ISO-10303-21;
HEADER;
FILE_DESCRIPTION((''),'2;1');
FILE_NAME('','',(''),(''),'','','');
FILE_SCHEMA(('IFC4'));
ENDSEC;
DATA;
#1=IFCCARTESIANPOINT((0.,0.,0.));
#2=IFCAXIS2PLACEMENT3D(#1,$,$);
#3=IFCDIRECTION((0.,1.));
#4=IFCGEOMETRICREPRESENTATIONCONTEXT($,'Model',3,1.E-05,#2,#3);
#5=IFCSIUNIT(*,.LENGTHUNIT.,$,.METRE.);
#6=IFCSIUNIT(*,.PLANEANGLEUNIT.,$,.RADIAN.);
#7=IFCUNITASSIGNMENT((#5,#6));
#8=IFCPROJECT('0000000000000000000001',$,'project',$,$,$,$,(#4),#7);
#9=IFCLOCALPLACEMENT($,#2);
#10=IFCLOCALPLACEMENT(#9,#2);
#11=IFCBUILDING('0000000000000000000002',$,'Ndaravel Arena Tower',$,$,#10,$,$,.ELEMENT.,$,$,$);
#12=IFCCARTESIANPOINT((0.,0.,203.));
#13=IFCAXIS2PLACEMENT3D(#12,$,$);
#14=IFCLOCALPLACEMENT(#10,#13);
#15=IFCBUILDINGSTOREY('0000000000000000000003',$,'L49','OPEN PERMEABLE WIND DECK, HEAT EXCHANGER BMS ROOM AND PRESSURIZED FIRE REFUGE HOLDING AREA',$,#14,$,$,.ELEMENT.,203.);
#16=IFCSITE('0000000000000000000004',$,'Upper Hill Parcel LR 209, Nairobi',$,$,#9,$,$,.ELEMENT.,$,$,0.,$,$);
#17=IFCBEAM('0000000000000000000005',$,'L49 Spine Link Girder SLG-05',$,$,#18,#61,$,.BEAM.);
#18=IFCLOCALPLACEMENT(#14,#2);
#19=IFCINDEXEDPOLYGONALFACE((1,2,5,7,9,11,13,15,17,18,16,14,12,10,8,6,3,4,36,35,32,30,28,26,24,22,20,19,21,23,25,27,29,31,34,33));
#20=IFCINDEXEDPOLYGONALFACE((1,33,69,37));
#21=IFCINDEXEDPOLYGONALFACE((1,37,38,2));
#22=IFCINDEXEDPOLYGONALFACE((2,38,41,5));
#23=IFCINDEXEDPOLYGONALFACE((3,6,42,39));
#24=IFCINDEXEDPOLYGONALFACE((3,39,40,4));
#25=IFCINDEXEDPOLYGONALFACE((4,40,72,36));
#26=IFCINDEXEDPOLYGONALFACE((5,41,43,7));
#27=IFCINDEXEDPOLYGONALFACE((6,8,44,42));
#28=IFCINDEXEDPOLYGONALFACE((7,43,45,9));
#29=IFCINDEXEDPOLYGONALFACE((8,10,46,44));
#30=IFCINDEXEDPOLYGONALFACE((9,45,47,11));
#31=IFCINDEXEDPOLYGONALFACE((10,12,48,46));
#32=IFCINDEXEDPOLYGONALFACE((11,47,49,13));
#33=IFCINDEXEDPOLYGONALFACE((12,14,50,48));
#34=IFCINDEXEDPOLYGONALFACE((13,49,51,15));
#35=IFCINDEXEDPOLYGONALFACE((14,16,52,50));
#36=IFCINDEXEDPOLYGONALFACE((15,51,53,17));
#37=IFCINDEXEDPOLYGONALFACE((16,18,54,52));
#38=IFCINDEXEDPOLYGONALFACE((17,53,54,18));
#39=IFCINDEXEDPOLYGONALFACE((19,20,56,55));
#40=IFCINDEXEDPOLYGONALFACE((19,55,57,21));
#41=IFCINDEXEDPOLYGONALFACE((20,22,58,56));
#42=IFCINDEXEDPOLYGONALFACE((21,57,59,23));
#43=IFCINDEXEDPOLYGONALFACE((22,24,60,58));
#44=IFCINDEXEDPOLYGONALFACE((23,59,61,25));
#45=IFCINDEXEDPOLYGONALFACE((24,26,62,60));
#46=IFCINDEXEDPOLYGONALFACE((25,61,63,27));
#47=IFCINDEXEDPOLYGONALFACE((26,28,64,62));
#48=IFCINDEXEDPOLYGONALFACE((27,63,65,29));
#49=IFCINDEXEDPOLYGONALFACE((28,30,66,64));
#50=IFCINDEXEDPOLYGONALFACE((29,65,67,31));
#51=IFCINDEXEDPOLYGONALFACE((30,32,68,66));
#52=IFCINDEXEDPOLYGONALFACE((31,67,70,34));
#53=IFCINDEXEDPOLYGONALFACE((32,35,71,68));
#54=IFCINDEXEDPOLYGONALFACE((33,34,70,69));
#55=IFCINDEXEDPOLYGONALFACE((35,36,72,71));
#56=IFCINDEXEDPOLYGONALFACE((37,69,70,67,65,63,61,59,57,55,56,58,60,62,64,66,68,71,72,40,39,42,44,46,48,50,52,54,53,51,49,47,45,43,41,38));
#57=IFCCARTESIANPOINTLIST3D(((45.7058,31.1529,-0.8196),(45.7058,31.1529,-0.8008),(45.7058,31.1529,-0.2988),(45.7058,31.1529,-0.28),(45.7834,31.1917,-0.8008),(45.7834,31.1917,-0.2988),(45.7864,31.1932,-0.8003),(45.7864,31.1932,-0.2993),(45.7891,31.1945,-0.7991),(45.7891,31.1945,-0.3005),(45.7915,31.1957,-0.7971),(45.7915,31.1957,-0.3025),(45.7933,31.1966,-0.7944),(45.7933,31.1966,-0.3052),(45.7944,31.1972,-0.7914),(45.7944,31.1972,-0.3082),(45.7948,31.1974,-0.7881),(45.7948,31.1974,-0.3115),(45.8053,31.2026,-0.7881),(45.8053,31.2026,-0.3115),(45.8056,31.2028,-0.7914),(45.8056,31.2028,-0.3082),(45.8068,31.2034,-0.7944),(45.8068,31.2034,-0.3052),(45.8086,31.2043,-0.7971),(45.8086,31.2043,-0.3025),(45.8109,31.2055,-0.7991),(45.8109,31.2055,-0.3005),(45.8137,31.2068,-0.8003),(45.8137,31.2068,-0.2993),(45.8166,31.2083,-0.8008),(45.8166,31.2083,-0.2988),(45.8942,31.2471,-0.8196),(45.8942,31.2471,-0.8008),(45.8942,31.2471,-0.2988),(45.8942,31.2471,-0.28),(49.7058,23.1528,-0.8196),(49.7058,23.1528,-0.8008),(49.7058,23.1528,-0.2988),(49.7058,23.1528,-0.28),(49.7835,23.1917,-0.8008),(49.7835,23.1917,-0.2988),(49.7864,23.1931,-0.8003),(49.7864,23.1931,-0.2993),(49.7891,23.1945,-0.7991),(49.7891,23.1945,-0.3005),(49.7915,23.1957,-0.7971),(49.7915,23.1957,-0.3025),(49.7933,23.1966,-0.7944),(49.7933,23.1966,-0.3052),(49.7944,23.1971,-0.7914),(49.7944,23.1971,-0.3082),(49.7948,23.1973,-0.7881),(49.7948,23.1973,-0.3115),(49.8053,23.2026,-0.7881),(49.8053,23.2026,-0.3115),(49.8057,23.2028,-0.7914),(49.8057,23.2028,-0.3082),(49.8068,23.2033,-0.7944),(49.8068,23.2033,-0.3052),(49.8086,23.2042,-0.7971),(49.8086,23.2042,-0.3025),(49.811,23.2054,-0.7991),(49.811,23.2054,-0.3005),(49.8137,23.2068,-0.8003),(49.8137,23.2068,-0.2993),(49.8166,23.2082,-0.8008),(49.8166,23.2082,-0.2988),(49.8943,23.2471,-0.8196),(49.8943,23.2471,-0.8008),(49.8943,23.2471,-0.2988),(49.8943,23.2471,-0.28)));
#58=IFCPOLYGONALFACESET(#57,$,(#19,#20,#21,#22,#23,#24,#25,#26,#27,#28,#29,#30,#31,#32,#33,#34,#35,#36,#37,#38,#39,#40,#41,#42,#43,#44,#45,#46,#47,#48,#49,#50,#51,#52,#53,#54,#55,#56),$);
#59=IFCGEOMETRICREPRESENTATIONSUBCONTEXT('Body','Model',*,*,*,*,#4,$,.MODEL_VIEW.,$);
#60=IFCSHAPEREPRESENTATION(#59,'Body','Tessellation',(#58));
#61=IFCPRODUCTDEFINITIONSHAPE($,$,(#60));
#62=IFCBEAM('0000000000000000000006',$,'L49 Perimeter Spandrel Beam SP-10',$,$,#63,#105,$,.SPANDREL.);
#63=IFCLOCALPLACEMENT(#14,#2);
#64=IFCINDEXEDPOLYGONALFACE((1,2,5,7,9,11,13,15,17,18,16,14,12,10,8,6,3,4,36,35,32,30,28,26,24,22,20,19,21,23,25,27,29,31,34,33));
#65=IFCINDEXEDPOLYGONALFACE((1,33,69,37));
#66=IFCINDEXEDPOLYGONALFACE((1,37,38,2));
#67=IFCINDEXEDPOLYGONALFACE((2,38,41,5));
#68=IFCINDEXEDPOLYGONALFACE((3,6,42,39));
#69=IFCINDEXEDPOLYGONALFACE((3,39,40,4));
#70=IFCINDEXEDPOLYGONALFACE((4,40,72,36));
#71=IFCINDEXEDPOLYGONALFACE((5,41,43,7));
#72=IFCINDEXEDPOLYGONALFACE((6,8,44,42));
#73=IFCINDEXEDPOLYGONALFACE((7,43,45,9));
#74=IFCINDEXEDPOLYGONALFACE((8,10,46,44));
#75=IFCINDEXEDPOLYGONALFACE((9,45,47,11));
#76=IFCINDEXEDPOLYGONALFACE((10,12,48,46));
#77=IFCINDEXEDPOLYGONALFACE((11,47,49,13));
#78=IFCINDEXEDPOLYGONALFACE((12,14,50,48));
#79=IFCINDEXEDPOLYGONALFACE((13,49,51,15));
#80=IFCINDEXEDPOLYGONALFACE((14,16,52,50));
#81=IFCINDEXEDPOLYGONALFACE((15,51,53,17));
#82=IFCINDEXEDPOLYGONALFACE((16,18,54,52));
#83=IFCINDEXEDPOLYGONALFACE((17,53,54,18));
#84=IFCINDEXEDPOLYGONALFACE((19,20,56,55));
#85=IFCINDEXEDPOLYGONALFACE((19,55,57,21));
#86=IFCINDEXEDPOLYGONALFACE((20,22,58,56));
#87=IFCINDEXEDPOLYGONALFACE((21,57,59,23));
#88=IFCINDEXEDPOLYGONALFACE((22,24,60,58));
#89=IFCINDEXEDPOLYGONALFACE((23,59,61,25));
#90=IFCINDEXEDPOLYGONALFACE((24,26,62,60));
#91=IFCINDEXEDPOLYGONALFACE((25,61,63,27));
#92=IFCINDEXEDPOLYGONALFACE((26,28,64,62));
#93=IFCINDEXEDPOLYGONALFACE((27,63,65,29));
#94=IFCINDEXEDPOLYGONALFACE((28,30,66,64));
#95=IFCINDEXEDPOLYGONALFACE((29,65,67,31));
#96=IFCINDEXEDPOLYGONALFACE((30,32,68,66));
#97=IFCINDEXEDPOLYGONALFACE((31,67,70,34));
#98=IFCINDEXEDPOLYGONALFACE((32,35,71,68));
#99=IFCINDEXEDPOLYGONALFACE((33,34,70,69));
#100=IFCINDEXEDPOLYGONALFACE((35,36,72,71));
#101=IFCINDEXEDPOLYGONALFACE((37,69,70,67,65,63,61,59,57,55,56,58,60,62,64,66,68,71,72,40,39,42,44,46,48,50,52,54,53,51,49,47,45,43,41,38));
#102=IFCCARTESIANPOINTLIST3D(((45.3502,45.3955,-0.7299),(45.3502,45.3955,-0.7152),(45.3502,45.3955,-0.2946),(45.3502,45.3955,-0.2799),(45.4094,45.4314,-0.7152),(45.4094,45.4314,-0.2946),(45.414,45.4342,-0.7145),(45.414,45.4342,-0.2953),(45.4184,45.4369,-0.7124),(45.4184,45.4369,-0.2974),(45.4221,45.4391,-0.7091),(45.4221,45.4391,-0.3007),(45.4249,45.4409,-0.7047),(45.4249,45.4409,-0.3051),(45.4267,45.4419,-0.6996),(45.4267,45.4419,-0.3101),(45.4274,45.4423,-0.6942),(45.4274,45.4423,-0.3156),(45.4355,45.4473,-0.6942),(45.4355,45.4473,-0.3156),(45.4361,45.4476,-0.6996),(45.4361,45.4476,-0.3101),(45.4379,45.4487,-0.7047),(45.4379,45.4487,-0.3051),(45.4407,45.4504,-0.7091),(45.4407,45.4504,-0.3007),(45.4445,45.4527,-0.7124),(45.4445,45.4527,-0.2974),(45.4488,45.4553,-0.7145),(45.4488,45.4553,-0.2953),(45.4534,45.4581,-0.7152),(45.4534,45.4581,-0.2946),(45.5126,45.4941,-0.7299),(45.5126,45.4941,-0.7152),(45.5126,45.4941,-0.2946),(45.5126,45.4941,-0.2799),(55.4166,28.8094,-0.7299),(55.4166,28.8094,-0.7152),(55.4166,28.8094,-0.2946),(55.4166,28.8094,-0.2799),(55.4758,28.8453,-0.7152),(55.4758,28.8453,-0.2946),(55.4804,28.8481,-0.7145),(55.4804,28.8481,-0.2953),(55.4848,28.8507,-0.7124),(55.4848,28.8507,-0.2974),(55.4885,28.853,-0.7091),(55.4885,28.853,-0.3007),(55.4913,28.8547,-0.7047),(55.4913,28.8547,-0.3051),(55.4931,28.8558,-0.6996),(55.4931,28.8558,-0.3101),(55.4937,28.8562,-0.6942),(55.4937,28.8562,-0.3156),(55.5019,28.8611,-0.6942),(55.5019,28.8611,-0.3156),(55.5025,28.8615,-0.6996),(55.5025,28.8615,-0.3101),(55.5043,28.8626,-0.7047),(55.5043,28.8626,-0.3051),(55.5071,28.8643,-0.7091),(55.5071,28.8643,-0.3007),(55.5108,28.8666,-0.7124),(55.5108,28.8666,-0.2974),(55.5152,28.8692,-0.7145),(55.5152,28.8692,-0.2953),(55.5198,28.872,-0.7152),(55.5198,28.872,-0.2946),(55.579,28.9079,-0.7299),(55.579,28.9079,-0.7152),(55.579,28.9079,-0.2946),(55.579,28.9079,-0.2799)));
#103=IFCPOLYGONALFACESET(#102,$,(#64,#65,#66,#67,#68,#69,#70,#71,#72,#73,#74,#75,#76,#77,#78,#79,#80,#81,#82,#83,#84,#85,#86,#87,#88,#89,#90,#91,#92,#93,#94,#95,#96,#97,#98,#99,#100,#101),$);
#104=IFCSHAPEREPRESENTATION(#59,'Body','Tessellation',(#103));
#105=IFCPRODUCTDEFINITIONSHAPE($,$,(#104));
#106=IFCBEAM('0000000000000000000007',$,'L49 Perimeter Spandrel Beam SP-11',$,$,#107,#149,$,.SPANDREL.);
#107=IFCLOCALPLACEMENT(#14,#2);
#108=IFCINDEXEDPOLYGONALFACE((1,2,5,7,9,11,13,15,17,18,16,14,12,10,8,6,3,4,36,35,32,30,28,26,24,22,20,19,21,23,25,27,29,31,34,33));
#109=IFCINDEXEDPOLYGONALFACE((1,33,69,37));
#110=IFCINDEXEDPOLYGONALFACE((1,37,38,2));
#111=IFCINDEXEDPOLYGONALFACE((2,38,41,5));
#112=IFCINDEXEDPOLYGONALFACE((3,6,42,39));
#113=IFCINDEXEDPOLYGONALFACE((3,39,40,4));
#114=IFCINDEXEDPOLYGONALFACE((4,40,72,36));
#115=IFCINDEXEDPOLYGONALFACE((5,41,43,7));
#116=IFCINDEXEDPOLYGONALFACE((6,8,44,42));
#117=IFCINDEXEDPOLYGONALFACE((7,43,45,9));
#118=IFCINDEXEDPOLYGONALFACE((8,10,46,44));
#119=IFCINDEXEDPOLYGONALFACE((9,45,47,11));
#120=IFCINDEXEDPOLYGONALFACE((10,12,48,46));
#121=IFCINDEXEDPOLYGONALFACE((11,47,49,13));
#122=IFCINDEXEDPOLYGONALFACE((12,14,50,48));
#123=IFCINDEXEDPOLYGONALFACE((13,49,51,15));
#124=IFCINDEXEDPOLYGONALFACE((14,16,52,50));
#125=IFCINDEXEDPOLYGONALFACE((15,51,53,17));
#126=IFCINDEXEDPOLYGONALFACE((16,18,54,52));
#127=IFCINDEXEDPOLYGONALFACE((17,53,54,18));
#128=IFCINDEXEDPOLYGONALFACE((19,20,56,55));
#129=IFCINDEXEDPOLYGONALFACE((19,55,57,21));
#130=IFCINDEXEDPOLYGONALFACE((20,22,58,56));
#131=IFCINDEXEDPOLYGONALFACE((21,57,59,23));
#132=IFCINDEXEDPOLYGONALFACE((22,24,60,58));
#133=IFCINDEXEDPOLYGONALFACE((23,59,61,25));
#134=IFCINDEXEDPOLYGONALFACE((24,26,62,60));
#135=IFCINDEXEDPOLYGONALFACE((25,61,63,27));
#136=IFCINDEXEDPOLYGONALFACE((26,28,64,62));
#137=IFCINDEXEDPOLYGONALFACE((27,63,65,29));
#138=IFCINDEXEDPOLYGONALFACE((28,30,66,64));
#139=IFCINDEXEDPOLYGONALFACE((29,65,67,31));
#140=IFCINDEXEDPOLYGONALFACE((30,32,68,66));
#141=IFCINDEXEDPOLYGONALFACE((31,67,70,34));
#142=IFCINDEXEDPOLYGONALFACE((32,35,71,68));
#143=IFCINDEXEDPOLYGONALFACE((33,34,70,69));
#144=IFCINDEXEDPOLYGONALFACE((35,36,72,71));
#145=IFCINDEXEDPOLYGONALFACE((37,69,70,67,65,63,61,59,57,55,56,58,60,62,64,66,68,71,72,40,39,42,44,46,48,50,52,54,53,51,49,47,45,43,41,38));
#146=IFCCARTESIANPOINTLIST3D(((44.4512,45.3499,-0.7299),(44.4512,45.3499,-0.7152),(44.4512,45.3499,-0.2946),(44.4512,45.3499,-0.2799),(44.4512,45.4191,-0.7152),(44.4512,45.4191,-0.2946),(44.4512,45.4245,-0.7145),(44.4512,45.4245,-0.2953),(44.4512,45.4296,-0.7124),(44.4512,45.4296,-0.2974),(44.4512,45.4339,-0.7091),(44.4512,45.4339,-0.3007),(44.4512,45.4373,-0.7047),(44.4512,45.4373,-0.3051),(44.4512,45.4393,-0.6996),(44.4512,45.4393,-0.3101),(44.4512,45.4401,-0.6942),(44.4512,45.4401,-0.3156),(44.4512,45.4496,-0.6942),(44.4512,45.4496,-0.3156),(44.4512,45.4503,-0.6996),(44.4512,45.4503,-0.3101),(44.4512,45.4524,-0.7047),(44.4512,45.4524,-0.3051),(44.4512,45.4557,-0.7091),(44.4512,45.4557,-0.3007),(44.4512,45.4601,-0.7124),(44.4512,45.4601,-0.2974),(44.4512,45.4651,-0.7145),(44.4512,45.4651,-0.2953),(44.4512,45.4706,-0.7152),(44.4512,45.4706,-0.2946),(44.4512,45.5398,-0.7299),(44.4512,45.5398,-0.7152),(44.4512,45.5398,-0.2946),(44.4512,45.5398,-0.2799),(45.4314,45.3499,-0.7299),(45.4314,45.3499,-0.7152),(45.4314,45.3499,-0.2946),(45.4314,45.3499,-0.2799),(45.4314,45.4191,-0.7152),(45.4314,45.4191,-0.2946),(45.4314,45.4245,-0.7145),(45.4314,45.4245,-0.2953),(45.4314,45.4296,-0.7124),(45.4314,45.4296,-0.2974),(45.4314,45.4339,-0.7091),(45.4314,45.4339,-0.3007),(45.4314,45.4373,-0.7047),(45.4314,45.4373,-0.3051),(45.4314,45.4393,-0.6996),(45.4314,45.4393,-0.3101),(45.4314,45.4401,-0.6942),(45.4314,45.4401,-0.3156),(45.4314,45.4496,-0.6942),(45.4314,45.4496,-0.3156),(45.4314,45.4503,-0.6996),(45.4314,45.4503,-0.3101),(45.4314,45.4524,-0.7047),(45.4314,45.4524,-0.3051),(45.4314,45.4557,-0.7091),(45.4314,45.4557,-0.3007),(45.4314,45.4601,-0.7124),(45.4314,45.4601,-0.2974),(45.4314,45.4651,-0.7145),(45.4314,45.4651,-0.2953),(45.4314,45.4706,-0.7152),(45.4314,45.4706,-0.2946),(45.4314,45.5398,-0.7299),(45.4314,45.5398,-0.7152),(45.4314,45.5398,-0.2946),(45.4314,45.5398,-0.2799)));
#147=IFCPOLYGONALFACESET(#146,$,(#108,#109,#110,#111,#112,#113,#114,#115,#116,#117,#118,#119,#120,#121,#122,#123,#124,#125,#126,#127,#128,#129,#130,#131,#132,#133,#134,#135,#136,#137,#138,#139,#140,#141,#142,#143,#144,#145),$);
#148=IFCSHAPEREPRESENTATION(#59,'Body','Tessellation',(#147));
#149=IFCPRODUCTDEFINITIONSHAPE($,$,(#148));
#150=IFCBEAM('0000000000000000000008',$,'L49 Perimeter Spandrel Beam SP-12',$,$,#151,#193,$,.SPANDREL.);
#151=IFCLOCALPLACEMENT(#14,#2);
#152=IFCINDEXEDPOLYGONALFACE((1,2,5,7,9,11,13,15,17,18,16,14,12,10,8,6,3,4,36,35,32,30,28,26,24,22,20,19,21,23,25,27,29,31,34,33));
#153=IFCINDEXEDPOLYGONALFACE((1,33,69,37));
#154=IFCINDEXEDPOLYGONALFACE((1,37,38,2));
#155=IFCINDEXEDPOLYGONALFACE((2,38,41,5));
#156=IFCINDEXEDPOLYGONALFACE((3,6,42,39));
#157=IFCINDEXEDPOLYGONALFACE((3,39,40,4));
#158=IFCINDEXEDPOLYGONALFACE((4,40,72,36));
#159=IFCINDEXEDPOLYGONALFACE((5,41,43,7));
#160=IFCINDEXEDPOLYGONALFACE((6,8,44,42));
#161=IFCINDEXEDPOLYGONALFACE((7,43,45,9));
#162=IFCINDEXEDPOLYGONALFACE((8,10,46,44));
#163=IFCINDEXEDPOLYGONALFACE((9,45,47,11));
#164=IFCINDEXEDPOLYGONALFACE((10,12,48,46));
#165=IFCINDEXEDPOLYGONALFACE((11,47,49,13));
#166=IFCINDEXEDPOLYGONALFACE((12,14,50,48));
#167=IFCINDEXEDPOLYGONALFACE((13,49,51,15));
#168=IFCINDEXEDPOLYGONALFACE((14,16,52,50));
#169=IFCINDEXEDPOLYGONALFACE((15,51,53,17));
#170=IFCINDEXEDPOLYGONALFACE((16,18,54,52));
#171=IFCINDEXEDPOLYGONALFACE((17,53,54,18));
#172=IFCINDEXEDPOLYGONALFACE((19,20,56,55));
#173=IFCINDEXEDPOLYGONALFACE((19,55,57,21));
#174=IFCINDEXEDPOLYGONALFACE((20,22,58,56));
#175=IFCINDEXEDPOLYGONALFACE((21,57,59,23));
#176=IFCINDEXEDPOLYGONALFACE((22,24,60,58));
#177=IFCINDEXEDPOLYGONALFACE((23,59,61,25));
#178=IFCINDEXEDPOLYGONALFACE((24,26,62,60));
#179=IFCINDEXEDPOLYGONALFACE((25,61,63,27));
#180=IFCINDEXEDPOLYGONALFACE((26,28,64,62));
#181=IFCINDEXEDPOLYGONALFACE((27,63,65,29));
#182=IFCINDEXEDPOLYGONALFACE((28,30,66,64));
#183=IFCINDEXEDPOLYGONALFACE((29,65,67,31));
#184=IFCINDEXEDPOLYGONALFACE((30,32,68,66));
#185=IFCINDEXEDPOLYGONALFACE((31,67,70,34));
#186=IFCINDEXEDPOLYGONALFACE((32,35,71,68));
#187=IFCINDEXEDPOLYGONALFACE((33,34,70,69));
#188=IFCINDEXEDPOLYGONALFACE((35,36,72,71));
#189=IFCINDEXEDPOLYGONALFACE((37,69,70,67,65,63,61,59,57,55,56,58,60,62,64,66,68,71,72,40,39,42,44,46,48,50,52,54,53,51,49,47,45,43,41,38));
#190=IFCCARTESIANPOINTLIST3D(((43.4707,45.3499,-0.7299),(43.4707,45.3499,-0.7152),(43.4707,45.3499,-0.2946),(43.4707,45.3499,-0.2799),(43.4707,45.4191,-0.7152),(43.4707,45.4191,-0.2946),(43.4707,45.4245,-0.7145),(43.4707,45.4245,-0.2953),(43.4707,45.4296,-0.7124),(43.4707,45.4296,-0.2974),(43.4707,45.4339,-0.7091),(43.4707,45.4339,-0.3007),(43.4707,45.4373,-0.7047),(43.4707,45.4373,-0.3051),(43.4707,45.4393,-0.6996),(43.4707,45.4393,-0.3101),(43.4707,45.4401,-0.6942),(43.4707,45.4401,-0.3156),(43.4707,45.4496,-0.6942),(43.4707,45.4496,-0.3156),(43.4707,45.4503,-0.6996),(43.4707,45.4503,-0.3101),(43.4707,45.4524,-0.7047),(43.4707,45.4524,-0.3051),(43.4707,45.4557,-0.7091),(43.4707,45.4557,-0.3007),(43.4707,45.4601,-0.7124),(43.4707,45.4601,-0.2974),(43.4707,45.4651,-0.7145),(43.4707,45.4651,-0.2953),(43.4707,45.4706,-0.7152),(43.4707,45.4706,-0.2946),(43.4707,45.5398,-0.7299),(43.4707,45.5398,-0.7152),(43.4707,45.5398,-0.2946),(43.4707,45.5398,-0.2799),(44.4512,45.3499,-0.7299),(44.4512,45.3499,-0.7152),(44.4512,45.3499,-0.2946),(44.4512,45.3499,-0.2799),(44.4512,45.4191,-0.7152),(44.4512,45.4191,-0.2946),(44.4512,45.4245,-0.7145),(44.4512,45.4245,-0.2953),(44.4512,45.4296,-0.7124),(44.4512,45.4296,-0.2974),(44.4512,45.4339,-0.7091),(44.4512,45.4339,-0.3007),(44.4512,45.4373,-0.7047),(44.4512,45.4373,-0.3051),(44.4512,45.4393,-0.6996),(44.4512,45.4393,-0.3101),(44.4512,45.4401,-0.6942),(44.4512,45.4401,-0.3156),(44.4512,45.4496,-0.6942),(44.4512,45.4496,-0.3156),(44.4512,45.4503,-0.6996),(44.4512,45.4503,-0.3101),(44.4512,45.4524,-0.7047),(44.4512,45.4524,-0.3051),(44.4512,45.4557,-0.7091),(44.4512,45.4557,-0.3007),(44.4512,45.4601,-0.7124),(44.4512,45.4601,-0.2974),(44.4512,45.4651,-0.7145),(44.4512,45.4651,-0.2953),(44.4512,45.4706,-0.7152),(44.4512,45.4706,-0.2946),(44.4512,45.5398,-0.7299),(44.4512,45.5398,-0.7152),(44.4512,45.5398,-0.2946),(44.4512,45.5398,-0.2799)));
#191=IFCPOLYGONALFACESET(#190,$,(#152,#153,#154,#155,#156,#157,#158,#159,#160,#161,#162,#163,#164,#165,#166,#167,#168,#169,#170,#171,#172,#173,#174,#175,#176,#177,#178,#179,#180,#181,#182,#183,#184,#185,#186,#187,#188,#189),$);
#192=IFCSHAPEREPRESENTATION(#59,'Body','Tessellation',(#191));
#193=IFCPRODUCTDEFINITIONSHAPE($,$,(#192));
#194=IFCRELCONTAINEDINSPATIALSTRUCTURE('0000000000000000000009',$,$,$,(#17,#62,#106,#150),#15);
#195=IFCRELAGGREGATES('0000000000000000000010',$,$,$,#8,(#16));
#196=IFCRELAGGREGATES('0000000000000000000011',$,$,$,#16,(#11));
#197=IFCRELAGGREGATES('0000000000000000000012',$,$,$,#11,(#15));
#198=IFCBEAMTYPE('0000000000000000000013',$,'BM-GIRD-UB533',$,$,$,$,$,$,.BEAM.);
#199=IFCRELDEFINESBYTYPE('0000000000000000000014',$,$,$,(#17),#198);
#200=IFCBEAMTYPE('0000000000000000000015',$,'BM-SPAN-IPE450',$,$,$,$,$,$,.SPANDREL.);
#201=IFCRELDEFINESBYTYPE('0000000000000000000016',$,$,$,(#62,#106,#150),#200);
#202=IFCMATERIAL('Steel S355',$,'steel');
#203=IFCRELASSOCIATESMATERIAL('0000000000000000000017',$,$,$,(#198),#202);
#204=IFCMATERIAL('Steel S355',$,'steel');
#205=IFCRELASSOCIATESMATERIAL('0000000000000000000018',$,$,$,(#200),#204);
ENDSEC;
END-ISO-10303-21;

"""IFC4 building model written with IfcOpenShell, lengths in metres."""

from ifc_helpers import new_model, si_unit, direction, frame, origin, origin_2d, place, context, subcontext, project, spatial, i_section, extrude, material, material_profile, profile_set, type_object, element, save


model = new_model("IFC4")

# Units and contexts
model_context = context("Model", 3, precision=1e-05, world=origin(), true_north=direction((0.0, 1.0)))
body_context = subcontext(model_context, "Body", "Model", "MODEL_VIEW")
ifc_project = project(units=[si_unit("LENGTHUNIT", "METRE"), si_unit("PLANEANGLEUNIT", "RADIAN")], contexts=[model_context])

# Site, building, storey
site_placement = place(None, origin())
site = spatial("IfcSite", under=ifc_project, at=site_placement, Name="Upper Hill Parcel LR 209, Nairobi", CompositionType="ELEMENT", RefElevation=0.0)
building_placement = place(site_placement, origin())
building = spatial("IfcBuilding", under=site, at=building_placement, Name="Ndaravel Arena Tower", CompositionType="ELEMENT")
storey_placement = place(building_placement, frame((0.0, 0.0, 203.0)))
storey = spatial("IfcBuildingStorey", under=building, at=storey_placement, Name="L49", Description="OPEN PERMEABLE WIND DECK, HEAT EXCHANGER BMS ROOM AND PRESSURIZED FIRE REFUGE HOLDING AREA", CompositionType="ELEMENT", Elevation=203.0)

# Beams
ifc_material_1 = material(Name="Steel S355", Category="steel")
ifc_material_profile_1 = material_profile(ifc_material_1, i_section(OverallWidth=0.2107, OverallDepth=0.5396, WebThickness=0.0117, FlangeThickness=0.0188, FilletRadius=0.0127, at=origin_2d()), Name="UB 533x210x109")
ifc_profile_set_1 = profile_set([ifc_material_profile_1], Name="Steel S355")
beam_type_1 = type_object("IfcBeamType", Name="BM-GIRD-UB533", PredefinedType="BEAM", material=ifc_profile_set_1)
beam_1_placement = place(storey_placement, frame((49.8, 23.2, -0.5498), z_axis=(-0.447214, 0.894427, 0.0), x_axis=(-0.894427, -0.447214, 0.0)))
element("IfcBeam", 1, at=beam_1_placement, inside=storey, type_object=beam_type_1, Name="L49 Spine Link Girder SLG-05", PredefinedType="BEAM", context=body_context, shape_type="SweptSolid", body=[
    extrude(i_section(OverallWidth=0.2107, OverallDepth=0.5396, WebThickness=0.0117, FlangeThickness=0.0188, FilletRadius=0.0127, at=origin_2d()), origin(), (0.0, 0.0, 1.0), 8.9443),
])
ifc_material_2 = material(Name="Steel S355", Category="steel")
ifc_material_profile_2 = material_profile(ifc_material_2, i_section(OverallWidth=0.1899, OverallDepth=0.45, WebThickness=0.0095, FlangeThickness=0.0146, FilletRadius=0.021, at=origin_2d()), Name="IPE 450")
ifc_profile_set_2 = profile_set([ifc_material_profile_2], Name="Steel S355")
beam_type_2 = type_object("IfcBeamType", Name="BM-SPAN-IPE450", PredefinedType="SPANDREL", material=ifc_profile_set_2)
beam_2_placement = place(storey_placement, frame((55.4978, 28.8586, -0.5049), z_axis=(-0.518836, 0.854874, 0.0), x_axis=(-0.854874, -0.518836, 0.0)))
element("IfcBeam", 2, at=beam_2_placement, inside=storey, type_object=beam_type_2, Name="L49 Perimeter Spandrel Beam SP-10", PredefinedType="SPANDREL", context=body_context, shape_type="SweptSolid", body=[
    extrude(i_section(OverallWidth=0.1899, OverallDepth=0.45, WebThickness=0.0095, FlangeThickness=0.0146, FilletRadius=0.021, at=origin_2d()), origin(), (0.0, 0.0, 1.0), 19.4019),
])
beam_3_placement = place(storey_placement, frame((45.4314, 45.4448, -0.5049), z_axis=(-1.0, 0.0, 0.0), x_axis=(0.0, -1.0, 0.0)))
element("IfcBeam", 3, at=beam_3_placement, inside=storey, type_object=beam_type_2, Name="L49 Perimeter Spandrel Beam SP-11", PredefinedType="SPANDREL", context=body_context, shape_type="SweptSolid", body=[
    extrude(i_section(OverallWidth=0.1899, OverallDepth=0.45, WebThickness=0.0095, FlangeThickness=0.0146, FilletRadius=0.021, at=origin_2d()), origin(), (0.0, 0.0, 1.0), 0.9802),
])
for number, where, z_axis, x_axis, name in (
    (4, (44.4512, 45.4448, -0.5049), (-1.0, 0.0, 0.0), (0.0, -1.0, 0.0), "L49 Perimeter Spandrel Beam SP-12"),
):
    element("IfcBeam", number, at=place(storey_placement, frame(where, z_axis=z_axis, x_axis=x_axis)), inside=storey, type_object=beam_type_2, Name=name, PredefinedType="SPANDREL", context=body_context, shape_type="SweptSolid", body=[
        extrude(i_section(OverallWidth=0.1899, OverallDepth=0.45, WebThickness=0.0095, FlangeThickness=0.0146, FilletRadius=0.021, at=origin_2d()), origin(), (0.0, 0.0, 1.0), 0.9805),
    ])

save(model, "model.ifc")
